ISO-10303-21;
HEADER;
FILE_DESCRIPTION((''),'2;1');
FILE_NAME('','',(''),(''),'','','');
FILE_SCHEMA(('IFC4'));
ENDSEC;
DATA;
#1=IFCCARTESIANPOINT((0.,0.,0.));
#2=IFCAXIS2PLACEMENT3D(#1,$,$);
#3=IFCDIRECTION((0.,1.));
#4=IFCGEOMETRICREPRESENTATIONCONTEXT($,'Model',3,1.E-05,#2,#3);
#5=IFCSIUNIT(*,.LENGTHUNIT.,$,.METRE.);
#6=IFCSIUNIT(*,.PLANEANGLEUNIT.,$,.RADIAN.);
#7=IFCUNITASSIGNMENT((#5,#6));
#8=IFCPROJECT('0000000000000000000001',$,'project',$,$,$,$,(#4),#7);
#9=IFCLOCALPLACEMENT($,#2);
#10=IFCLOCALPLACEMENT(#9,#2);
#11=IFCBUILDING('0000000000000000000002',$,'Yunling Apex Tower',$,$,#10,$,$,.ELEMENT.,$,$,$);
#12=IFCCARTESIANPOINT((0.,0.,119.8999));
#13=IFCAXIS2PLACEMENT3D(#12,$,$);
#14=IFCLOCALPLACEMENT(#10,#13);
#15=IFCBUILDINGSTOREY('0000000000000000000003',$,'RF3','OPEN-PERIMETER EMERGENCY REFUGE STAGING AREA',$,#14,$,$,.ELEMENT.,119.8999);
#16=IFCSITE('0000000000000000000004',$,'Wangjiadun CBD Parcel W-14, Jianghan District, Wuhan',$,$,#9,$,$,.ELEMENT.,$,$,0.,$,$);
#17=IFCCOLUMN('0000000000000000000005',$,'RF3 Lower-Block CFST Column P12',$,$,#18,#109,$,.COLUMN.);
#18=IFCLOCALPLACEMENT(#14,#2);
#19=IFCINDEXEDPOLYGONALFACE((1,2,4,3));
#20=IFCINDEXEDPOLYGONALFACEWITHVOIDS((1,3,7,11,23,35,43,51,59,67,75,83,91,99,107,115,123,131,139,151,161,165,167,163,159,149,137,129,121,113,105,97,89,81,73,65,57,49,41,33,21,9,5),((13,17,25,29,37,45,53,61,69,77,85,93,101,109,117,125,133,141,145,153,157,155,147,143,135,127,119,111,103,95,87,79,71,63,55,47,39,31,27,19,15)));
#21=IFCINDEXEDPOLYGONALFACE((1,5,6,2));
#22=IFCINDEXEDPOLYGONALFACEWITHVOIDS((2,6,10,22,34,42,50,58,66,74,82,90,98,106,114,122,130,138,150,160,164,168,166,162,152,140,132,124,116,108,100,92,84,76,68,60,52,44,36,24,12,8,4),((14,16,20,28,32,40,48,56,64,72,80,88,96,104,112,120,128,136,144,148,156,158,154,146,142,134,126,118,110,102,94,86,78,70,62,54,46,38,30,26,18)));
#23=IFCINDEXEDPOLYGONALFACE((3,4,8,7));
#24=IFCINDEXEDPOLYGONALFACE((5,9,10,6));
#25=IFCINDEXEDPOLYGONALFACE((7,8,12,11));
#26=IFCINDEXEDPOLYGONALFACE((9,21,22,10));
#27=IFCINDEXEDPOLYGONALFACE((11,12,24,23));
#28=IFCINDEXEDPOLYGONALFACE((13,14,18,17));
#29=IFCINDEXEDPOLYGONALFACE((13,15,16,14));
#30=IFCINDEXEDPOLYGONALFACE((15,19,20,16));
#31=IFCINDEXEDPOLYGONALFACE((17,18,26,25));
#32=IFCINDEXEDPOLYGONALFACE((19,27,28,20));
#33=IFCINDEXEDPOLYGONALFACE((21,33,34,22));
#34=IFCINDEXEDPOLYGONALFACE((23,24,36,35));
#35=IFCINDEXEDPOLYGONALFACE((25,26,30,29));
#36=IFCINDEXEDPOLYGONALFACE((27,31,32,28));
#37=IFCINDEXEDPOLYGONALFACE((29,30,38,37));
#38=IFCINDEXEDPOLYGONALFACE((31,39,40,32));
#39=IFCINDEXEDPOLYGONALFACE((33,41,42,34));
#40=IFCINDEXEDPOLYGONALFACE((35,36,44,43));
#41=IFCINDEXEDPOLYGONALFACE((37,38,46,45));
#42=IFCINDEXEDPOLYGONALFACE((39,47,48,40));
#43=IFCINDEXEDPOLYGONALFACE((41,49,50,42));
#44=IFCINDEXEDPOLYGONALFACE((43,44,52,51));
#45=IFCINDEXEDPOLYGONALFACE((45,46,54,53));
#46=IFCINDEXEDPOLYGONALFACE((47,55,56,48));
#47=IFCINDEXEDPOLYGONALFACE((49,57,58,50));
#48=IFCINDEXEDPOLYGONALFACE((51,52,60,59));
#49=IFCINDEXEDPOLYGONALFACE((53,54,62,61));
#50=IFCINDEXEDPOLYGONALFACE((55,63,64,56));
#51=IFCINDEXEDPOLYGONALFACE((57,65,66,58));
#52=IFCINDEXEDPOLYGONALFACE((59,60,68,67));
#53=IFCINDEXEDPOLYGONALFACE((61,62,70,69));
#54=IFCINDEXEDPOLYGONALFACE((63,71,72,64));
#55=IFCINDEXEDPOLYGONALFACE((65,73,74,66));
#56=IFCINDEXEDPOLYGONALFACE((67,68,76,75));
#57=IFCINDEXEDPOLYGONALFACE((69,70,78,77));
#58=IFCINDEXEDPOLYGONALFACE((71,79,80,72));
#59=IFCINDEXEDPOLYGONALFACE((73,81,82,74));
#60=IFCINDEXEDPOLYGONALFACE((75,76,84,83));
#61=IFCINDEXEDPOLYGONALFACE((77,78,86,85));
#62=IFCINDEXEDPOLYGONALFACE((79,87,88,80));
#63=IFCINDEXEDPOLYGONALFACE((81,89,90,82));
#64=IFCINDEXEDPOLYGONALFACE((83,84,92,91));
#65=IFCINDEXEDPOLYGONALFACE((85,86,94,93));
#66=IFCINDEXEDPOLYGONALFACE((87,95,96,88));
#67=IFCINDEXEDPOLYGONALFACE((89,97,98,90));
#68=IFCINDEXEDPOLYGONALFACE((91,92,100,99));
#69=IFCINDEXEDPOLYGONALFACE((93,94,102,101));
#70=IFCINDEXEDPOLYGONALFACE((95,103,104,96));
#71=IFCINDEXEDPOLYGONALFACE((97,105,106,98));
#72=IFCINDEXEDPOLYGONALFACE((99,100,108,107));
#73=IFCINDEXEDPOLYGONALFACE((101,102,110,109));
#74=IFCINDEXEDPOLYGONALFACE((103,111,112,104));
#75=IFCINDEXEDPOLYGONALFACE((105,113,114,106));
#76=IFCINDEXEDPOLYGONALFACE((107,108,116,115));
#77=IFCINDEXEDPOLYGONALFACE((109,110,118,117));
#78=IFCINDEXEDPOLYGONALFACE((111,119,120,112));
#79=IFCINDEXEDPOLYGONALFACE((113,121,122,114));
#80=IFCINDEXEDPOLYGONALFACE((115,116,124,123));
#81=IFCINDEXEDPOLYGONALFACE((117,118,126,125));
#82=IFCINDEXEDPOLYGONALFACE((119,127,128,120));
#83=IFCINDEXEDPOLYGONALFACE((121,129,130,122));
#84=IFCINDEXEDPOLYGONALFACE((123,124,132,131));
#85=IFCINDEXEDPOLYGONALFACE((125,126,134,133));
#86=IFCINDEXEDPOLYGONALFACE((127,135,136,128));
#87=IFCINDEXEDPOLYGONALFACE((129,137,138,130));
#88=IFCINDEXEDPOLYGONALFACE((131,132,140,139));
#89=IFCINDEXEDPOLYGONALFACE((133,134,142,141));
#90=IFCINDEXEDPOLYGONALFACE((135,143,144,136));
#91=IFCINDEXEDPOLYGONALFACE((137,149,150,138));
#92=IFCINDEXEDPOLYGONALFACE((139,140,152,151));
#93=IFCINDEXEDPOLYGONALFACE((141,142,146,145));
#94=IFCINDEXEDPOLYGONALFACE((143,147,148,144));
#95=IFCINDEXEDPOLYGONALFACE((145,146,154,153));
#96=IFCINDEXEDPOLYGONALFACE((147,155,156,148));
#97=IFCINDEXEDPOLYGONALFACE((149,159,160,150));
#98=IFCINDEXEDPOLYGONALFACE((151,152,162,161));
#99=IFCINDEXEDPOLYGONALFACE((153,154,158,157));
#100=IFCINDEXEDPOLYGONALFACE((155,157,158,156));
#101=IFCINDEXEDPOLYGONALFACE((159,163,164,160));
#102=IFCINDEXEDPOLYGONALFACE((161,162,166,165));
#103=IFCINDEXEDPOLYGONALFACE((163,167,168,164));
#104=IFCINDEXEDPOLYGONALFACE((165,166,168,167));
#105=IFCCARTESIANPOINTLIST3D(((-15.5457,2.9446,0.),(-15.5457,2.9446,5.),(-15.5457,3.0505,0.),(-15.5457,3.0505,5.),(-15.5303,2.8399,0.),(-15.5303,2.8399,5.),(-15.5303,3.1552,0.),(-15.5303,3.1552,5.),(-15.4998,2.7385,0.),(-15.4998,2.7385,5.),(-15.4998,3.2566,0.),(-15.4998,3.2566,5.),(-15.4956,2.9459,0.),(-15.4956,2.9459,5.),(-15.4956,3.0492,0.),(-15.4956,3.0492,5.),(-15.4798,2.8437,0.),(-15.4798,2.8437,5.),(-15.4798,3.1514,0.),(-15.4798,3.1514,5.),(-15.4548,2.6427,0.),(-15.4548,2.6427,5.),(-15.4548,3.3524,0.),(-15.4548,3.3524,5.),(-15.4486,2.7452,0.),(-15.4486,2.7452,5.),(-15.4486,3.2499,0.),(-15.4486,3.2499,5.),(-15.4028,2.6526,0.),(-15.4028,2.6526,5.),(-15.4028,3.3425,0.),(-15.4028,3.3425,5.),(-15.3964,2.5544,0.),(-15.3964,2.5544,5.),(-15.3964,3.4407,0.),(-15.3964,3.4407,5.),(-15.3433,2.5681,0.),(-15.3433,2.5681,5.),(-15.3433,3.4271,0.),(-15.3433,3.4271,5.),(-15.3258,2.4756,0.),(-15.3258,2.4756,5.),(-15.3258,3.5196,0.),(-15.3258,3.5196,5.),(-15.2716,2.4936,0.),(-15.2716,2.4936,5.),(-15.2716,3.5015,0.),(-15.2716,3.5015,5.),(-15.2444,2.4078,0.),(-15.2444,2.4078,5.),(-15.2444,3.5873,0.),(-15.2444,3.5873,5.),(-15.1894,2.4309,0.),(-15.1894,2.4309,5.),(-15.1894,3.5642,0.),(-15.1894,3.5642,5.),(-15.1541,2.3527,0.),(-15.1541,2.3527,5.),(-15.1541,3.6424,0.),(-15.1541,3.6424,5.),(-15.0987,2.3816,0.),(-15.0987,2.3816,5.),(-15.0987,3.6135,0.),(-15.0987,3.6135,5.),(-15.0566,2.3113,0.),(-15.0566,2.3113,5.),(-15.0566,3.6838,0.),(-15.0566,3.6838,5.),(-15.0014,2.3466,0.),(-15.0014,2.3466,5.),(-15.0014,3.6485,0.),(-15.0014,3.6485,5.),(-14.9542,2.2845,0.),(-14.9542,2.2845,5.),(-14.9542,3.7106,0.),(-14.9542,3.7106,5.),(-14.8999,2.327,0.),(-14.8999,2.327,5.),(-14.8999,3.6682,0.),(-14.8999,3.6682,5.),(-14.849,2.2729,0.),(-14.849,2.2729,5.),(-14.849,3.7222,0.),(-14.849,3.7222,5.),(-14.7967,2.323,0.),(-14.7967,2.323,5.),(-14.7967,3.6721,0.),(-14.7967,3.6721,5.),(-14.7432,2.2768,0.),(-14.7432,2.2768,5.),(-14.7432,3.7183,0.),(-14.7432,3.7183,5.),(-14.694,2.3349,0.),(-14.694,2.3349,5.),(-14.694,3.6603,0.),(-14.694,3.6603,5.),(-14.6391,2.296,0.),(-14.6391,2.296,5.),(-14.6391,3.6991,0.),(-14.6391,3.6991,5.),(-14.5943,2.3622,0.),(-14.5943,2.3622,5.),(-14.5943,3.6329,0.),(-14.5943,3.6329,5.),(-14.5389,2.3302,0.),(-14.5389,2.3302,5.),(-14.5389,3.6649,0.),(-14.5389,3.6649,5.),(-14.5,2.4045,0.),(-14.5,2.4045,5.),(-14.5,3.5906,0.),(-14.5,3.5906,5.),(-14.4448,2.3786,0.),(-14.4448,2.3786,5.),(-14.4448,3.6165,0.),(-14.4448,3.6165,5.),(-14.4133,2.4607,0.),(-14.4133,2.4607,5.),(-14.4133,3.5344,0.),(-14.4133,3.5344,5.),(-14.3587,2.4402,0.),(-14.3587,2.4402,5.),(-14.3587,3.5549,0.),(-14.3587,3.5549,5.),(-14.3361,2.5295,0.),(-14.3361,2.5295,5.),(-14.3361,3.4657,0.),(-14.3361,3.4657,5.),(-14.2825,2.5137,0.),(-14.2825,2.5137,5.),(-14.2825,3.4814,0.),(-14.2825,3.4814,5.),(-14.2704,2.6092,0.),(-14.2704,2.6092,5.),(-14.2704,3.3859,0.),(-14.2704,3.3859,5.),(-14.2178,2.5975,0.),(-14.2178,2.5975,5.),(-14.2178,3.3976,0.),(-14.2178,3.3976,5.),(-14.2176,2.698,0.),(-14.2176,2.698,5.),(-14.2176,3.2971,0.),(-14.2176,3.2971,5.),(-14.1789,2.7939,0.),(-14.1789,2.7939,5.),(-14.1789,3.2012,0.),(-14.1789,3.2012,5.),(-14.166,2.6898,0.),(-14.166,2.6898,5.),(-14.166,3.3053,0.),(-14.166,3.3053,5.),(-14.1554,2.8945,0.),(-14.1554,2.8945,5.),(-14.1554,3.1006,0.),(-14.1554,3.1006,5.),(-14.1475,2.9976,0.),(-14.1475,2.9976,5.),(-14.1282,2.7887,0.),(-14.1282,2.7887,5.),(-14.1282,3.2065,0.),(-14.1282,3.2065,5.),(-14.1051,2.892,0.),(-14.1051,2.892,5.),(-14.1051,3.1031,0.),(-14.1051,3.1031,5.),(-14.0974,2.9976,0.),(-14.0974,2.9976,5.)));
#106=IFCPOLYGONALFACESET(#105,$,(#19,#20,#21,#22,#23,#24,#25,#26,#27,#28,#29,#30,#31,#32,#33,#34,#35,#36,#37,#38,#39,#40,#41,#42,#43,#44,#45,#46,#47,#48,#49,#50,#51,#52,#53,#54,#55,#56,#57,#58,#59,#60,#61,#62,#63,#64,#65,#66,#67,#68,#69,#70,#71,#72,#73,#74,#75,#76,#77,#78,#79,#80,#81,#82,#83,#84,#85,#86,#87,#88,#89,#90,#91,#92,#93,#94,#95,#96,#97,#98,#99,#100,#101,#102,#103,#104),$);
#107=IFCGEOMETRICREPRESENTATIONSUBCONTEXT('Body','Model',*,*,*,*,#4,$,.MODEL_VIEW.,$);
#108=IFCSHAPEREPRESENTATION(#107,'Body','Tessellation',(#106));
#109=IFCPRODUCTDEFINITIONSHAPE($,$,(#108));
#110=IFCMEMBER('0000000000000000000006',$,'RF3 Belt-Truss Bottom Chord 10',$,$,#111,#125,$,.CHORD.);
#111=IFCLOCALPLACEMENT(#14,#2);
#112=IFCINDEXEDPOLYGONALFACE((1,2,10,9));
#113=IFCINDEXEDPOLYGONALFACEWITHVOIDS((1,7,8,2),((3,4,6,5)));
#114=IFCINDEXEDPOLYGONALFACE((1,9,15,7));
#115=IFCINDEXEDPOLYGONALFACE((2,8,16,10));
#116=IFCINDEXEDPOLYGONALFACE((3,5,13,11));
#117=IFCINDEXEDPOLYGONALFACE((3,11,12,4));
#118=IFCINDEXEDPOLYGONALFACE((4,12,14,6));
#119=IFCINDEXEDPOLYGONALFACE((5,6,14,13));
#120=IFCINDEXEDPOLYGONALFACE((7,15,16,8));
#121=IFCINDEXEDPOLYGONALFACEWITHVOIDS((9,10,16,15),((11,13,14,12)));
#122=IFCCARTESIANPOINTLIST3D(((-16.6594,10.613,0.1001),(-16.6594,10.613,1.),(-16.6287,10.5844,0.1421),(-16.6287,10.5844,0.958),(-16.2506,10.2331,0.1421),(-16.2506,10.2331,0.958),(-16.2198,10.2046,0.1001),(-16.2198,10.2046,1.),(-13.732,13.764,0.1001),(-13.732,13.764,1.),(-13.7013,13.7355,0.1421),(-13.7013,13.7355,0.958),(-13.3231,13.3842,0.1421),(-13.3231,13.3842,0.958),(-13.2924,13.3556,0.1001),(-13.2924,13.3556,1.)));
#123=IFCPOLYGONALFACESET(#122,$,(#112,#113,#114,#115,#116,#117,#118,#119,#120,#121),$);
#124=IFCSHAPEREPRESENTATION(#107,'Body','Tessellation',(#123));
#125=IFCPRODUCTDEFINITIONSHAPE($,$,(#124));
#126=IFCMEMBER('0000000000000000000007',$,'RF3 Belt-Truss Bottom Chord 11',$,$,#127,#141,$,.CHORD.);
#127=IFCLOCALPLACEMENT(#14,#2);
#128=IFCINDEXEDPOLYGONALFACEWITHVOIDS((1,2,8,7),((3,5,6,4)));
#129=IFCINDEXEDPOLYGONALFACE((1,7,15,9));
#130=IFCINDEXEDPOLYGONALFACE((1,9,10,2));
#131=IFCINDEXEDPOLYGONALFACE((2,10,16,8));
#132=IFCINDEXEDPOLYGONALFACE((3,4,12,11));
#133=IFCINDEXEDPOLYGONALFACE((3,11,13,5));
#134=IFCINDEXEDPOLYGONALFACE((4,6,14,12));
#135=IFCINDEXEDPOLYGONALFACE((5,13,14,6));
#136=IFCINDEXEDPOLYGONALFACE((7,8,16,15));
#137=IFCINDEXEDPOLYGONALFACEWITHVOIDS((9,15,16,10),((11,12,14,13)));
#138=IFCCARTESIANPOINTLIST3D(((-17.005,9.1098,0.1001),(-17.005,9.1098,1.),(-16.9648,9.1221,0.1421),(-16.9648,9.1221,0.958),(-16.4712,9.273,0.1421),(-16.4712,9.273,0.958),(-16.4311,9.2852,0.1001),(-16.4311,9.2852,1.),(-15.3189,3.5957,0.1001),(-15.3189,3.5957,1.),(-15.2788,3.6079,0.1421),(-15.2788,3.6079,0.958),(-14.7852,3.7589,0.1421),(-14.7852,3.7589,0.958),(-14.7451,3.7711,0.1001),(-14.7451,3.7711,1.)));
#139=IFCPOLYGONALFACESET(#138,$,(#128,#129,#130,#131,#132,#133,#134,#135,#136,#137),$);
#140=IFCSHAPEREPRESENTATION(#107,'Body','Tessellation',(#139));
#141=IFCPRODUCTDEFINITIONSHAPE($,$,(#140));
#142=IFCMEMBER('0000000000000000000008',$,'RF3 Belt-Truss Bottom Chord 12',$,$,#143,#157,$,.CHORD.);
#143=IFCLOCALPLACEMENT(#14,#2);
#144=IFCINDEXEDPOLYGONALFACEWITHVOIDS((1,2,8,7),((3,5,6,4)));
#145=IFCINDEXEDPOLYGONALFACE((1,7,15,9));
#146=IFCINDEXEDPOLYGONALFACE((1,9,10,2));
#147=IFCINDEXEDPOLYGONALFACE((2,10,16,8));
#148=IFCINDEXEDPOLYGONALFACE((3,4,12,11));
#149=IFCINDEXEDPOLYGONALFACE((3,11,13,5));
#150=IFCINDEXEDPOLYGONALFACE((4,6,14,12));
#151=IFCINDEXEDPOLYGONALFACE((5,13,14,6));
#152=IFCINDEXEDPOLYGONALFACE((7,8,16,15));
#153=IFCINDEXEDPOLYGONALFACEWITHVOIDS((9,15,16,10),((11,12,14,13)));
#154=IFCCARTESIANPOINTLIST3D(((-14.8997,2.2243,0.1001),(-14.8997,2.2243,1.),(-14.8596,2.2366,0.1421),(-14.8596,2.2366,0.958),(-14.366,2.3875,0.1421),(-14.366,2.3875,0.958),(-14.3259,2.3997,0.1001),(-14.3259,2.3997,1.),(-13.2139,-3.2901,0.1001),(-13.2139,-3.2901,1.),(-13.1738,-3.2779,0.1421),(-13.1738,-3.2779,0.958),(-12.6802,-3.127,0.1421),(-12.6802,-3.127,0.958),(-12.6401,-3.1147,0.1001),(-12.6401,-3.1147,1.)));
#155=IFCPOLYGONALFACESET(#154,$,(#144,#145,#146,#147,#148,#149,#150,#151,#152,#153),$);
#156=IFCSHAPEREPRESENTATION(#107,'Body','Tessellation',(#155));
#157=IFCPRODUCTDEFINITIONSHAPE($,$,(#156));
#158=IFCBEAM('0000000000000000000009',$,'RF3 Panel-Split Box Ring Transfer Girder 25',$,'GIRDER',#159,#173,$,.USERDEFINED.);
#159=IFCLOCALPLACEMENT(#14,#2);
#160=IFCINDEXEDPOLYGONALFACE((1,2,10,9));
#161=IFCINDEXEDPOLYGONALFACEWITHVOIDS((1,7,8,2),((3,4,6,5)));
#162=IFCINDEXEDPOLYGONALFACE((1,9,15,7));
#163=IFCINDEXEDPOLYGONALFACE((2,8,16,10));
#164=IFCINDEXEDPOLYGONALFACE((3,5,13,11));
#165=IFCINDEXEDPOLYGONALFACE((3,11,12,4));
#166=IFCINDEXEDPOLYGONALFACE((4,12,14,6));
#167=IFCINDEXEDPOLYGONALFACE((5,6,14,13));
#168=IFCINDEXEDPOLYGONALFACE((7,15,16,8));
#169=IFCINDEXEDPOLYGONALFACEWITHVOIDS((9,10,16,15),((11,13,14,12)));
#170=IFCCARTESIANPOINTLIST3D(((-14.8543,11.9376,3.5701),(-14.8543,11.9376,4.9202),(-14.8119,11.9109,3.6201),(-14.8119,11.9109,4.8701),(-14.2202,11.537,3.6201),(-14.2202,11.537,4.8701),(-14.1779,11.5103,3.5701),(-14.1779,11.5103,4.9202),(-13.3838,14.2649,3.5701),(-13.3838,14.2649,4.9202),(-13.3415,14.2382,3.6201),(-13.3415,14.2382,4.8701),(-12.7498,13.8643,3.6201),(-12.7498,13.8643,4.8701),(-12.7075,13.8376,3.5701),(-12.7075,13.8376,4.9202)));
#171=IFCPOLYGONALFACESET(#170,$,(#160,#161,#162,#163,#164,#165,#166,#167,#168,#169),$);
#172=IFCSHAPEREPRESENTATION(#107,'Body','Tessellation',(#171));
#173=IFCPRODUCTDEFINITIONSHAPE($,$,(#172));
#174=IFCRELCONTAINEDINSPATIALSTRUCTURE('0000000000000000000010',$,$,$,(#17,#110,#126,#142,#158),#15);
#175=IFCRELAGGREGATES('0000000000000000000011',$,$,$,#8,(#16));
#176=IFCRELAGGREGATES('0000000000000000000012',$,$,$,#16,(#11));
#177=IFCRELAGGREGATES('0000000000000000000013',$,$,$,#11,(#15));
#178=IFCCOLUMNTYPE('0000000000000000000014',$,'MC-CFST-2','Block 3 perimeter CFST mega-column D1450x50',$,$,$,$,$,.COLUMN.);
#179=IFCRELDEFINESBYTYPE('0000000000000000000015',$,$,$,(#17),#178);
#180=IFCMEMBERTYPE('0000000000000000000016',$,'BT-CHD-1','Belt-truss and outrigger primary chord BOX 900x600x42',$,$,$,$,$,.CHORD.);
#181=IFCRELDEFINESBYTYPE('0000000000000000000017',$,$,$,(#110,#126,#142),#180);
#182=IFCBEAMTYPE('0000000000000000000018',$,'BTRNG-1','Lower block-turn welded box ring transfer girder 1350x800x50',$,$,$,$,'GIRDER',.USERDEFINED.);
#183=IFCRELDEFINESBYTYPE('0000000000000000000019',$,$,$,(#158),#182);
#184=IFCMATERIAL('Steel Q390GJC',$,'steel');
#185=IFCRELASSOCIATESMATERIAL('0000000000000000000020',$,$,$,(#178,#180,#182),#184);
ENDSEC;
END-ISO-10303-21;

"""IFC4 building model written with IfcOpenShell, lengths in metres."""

from ifc_helpers import new_model, si_unit, direction, frame, origin, origin_2d, place, context, subcontext, project, spatial, hollow_rectangle, hollow_circle, extrude, source, transform, mapped, material, material_profile, profile_set, type_object, element, save


model = new_model("IFC4")

# Units and contexts
model_context = context("Model", 3, precision=1e-05, world=origin(), true_north=direction((0.0, 1.0)))
body_context = subcontext(model_context, "Body", "Model", "MODEL_VIEW")
ifc_project = project(units=[si_unit("LENGTHUNIT", "METRE"), si_unit("PLANEANGLEUNIT", "RADIAN")], contexts=[model_context])

# Site, building, storey
site_placement = place(None, origin())
site = spatial("IfcSite", under=ifc_project, at=site_placement, Name="Wangjiadun CBD Parcel W-14, Jianghan District, Wuhan", CompositionType="ELEMENT", RefElevation=0.0)
building_placement = place(site_placement, origin())
building = spatial("IfcBuilding", under=site, at=building_placement, Name="Yunling Apex Tower", CompositionType="ELEMENT")
storey_placement = place(building_placement, frame((0.0, 0.0, 119.8999)))
storey = spatial("IfcBuildingStorey", under=building, at=storey_placement, Name="RF3", Description="OPEN-PERIMETER EMERGENCY REFUGE STAGING AREA", CompositionType="ELEMENT", Elevation=119.8999)

# Column
ifc_material_1 = material(Name="Steel Q390GJC", Category="steel")
ifc_material_profile_1 = material_profile(ifc_material_1, hollow_circle(Radius=0.7251, WallThickness=0.05, at=origin_2d()))
ifc_profile_set_1 = profile_set([ifc_material_profile_1], Name="Steel Q390GJC")
column_type = type_object("IfcColumnType", Name="MC-CFST-2", Description="Block 3 perimeter CFST mega-column D1450x50", PredefinedType="COLUMN", material=ifc_profile_set_1)
shared_shape_1 = source(origin(), body_context, "Body", "SweptSolid", [
    extrude(hollow_circle(Radius=0.7251, WallThickness=0.05, at=origin_2d()), origin(), (0.0, 0.0, 1.0), 5.0),
])
for number, where, z_axis, x_axis, name in (
    (1, (-14.8225, 2.9976, 0.0), (0.0, 0.0, 1.0), (1.0, 0.0, 0.0), "RF3 Lower-Block CFST Column P12"),
):
    element("IfcColumn", number, at=place(storey_placement, frame(where, z_axis=z_axis, x_axis=x_axis)), inside=storey, type_object=column_type, Name=name, PredefinedType="COLUMN", context=body_context, shape_type="MappedRepresentation", body=[
        mapped(shared_shape_1, transform((0.0, 0.0, 0.0), scale=1.0)),
    ])

# Members
ifc_material_profile_2 = material_profile(ifc_material_1, hollow_rectangle(XDim=0.6001, YDim=0.8999, WallThickness=0.042, at=origin_2d()))
ifc_profile_set_2 = profile_set([ifc_material_profile_2], Name="Steel Q390GJC")
member_type_1 = type_object("IfcMemberType", Name="BT-CHD-1", Description="Belt-truss and outrigger primary chord BOX 900x600x42", PredefinedType="CHORD", material=ifc_profile_set_2)
shared_shape_2 = source(origin(), body_context, "Body", "SweptSolid", [
    extrude(hollow_rectangle(XDim=0.6001, YDim=0.8999, WallThickness=0.042, at=origin_2d()), origin(), (0.0, 0.0, 1.0), 4.301),
])
member_1_placement = place(storey_placement, frame((-13.5122, 13.5598, 0.55), z_axis=(-0.680632, -0.732626, 0.0), x_axis=(0.732626, -0.680632, 0.0)))
element("IfcMember", 2, at=member_1_placement, inside=storey, type_object=member_type_1, Name="RF3 Belt-Truss Bottom Chord 10", PredefinedType="CHORD", context=body_context, shape_type="MappedRepresentation", body=[
    mapped(shared_shape_2, transform((0.0, 0.0, 0.0), scale=1.0)),
])
shared_shape_3 = source(origin(), body_context, "Body", "SweptSolid", [
    extrude(hollow_rectangle(XDim=0.6001, YDim=0.8999, WallThickness=0.042, at=origin_2d()), origin(), (0.0, 0.0, 1.0), 5.7661),
])
member_2_placement = place(storey_placement, frame((-16.718, 9.1975, 0.55), z_axis=(0.292401, -0.956296, 0.0), x_axis=(0.956296, 0.292401, 0.0)))
element("IfcMember", 3, at=member_2_placement, inside=storey, type_object=member_type_1, Name="RF3 Belt-Truss Bottom Chord 11", PredefinedType="CHORD", context=body_context, shape_type="MappedRepresentation", body=[
    mapped(shared_shape_3, transform((0.0, 0.0, 0.0), scale=1.0)),
])
shared_shape_4 = source(origin(), body_context, "Body", "SweptSolid", [
    extrude(hollow_rectangle(XDim=0.6001, YDim=0.8999, WallThickness=0.042, at=origin_2d()), origin(), (0.0, 0.0, 1.0), 5.7664),
])
member_3_placement = place(storey_placement, frame((-14.6128, 2.312, 0.55), z_axis=(0.292351, -0.956311, 0.0), x_axis=(0.956311, 0.292351, 0.0)))
element("IfcMember", 4, at=member_3_placement, inside=storey, type_object=member_type_1, Name="RF3 Belt-Truss Bottom Chord 12", PredefinedType="CHORD", context=body_context, shape_type="MappedRepresentation", body=[
    mapped(shared_shape_4, transform((0.0, 0.0, 0.0), scale=1.0)),
])

# Beam
ifc_material_profile_3 = material_profile(ifc_material_1, hollow_rectangle(XDim=0.8, YDim=1.3501, WallThickness=0.05, at=origin_2d()))
ifc_profile_set_3 = profile_set([ifc_material_profile_3], Name="Steel Q390GJC")
beam_type = type_object("IfcBeamType", Name="BTRNG-1", Description="Lower block-turn welded box ring transfer girder 1350x800x50", ElementType="GIRDER", PredefinedType="USERDEFINED", material=ifc_profile_set_3)
shared_shape_5 = source(origin(), body_context, "Body", "SweptSolid", [
    extrude(hollow_rectangle(XDim=0.8, YDim=1.3501, WallThickness=0.05, at=origin_2d()), origin(), (0.0, 0.0, 1.0), 2.7529),
])
beam_1_placement = place(storey_placement, frame((-13.0457, 14.0513, 4.2451), z_axis=(-0.53413, -0.845402, 0.0), x_axis=(0.845402, -0.53413, 0.0)))
element("IfcBeam", 5, at=beam_1_placement, inside=storey, type_object=beam_type, Name="RF3 Panel-Split Box Ring Transfer Girder 25", ObjectType="GIRDER", PredefinedType="USERDEFINED", context=body_context, shape_type="MappedRepresentation", body=[
    mapped(shared_shape_5, transform((0.0, 0.0, 0.0), scale=1.0)),
])

save(model, "model.ifc")
